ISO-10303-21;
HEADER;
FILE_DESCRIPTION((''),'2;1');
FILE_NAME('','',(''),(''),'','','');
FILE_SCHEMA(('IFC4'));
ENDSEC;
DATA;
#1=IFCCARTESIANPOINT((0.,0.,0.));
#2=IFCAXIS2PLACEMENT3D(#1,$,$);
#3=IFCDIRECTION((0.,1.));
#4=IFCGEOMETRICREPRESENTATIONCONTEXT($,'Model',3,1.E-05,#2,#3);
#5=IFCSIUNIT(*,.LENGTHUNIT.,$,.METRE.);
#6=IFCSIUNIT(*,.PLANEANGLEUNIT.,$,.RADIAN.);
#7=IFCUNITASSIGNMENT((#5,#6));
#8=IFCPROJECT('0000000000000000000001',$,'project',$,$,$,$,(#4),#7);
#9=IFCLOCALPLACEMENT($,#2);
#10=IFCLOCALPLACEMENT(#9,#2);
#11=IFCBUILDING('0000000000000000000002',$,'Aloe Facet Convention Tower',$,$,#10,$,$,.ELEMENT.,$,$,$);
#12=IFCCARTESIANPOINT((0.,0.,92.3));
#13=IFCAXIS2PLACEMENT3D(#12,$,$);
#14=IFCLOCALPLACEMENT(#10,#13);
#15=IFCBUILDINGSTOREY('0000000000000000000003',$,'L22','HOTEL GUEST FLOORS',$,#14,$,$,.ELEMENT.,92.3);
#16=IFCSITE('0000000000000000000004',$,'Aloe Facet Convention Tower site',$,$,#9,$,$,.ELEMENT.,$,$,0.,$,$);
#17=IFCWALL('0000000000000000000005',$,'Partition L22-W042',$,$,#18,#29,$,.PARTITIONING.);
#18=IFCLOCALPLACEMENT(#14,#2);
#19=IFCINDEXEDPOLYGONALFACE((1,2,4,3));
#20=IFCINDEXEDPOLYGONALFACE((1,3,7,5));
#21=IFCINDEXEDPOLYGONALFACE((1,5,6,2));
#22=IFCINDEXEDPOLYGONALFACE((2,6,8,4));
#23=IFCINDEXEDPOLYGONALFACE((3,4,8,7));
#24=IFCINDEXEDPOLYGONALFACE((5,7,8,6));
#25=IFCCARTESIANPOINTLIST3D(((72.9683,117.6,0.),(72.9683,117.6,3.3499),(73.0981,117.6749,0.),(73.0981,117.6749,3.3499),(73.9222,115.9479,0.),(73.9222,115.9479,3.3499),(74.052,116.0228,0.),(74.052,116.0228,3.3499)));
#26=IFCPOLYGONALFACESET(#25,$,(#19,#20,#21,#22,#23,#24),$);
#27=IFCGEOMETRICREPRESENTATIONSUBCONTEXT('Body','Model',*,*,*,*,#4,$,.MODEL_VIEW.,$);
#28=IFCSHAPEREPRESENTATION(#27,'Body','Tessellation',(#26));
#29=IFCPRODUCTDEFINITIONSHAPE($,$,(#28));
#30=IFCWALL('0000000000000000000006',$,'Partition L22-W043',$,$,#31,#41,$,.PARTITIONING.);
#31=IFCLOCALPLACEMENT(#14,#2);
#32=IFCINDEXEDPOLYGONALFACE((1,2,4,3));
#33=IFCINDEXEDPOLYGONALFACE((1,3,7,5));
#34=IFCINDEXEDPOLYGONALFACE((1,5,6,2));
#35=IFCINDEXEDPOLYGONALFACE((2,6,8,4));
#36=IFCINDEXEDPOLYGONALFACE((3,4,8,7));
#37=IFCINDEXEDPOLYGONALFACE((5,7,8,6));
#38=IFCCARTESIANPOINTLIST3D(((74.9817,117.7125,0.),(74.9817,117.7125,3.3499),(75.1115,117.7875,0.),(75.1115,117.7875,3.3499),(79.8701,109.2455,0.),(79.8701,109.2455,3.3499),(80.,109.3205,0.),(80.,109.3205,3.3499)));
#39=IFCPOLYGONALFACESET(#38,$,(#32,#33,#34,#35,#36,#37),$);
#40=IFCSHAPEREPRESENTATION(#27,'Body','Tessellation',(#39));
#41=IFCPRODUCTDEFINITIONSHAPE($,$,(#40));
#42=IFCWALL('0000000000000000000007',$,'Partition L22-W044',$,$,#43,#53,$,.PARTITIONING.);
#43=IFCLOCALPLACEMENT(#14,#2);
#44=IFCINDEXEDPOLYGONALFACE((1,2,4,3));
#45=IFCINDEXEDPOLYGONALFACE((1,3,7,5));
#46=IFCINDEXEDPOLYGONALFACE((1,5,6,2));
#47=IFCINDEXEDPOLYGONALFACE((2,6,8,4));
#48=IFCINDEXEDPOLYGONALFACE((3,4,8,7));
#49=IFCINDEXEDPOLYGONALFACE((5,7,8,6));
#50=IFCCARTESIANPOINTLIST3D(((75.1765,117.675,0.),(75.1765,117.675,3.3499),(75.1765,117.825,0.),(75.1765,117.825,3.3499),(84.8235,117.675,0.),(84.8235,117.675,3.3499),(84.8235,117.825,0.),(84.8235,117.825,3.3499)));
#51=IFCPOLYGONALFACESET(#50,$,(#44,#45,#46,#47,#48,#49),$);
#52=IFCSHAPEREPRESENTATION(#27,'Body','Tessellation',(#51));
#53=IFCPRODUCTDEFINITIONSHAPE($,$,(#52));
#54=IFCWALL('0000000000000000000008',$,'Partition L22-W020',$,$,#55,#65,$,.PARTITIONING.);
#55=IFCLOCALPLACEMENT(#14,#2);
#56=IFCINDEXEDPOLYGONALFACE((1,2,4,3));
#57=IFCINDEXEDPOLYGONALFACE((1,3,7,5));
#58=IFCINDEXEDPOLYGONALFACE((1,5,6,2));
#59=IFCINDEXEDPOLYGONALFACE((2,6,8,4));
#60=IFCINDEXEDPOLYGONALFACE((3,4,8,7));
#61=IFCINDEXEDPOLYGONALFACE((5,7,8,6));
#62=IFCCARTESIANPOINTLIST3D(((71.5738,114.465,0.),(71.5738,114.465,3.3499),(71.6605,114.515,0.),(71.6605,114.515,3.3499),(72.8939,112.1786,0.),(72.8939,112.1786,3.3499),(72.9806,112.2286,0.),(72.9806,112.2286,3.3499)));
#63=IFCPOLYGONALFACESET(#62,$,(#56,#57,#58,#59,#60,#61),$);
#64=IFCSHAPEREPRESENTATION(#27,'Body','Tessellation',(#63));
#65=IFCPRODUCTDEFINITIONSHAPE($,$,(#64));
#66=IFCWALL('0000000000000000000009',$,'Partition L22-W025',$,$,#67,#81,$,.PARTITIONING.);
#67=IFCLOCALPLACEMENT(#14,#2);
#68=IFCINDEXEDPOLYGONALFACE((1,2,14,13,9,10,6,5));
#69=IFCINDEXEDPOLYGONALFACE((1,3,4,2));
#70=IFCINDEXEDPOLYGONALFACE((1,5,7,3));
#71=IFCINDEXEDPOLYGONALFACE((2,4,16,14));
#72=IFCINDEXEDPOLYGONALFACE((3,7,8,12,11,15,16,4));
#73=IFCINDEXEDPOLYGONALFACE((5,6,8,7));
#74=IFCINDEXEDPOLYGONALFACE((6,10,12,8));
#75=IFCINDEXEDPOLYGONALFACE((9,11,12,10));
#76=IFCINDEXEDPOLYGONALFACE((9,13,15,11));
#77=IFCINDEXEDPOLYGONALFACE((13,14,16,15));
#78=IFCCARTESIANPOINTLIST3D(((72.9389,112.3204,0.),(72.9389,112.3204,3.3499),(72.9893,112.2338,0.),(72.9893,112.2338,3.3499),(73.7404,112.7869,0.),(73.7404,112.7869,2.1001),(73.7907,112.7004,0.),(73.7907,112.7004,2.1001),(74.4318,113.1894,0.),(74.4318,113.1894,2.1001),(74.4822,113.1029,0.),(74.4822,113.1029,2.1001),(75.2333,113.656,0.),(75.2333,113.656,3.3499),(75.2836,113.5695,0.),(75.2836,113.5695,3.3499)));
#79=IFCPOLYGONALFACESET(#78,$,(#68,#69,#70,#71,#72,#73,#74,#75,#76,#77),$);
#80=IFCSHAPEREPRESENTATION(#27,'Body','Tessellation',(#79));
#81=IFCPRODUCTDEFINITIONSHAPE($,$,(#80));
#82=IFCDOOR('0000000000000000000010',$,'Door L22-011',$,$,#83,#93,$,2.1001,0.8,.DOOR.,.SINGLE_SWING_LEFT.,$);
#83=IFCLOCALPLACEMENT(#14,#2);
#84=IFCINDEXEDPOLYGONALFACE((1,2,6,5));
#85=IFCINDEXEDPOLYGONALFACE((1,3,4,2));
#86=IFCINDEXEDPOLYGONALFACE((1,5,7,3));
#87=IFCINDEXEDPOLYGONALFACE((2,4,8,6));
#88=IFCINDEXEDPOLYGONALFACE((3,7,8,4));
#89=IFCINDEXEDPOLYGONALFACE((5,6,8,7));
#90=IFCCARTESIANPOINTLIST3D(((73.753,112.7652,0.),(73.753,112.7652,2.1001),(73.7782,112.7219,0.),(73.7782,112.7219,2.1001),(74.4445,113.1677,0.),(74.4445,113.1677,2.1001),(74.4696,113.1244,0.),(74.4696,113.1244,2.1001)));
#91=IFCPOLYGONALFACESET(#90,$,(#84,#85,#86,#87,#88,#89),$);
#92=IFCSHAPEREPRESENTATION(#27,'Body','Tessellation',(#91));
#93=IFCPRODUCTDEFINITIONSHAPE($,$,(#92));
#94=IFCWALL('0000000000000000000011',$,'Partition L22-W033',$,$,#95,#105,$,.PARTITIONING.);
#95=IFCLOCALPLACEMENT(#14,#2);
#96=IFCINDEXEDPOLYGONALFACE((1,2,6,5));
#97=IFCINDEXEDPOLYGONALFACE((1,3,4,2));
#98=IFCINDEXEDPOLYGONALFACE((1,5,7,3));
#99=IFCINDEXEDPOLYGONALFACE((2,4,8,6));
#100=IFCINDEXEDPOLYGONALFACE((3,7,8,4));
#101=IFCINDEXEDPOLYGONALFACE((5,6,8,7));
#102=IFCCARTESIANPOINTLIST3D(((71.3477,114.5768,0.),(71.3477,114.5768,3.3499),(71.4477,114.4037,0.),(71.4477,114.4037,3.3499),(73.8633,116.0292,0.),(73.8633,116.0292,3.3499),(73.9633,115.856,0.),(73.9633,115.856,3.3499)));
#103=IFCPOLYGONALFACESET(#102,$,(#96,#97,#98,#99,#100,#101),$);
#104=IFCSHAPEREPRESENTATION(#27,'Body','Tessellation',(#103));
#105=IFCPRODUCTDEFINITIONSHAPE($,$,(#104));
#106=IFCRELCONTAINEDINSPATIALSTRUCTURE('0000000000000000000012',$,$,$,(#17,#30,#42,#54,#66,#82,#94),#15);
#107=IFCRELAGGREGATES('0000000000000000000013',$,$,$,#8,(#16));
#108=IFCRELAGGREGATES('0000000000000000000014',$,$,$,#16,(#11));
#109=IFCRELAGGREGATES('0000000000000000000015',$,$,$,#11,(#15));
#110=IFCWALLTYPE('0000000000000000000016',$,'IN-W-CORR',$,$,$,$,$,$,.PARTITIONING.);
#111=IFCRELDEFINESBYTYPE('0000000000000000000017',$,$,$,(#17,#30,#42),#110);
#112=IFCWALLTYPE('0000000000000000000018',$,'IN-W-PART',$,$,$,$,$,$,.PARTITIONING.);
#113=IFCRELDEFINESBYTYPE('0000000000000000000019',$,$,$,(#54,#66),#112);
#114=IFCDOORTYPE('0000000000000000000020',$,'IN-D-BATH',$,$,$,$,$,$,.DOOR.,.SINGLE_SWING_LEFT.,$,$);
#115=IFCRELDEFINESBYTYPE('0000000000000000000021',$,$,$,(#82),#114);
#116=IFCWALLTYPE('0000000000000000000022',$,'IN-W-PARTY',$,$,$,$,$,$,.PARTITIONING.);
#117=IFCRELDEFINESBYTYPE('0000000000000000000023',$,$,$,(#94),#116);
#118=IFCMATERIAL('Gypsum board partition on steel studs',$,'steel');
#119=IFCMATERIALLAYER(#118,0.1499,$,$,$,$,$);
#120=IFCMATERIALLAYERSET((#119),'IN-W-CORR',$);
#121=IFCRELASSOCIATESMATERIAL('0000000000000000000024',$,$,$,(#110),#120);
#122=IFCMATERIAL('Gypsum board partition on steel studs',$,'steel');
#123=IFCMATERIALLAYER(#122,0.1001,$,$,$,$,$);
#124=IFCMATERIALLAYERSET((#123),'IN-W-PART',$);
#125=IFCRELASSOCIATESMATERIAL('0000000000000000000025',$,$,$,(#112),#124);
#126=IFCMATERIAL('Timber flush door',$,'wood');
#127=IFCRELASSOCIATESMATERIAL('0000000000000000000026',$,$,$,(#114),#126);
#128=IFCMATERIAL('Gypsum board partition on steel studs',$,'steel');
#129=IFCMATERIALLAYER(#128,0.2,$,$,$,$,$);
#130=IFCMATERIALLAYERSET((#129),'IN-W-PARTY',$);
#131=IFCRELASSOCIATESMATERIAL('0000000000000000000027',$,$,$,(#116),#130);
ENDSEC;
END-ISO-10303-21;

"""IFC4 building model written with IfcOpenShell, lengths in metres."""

from ifc_helpers import new_model, si_unit, direction, frame, frame_2d, origin, place, context, subcontext, project, spatial, rectangle, extrude, material, layer, layer_set, type_object, element, fill, save


model = new_model("IFC4")

# Units and contexts
model_context = context("Model", 3, precision=1e-05, world=origin(), true_north=direction((0.0, 1.0)))
body_context = subcontext(model_context, "Body", "Model", "MODEL_VIEW")
ifc_project = project(units=[si_unit("LENGTHUNIT", "METRE"), si_unit("PLANEANGLEUNIT", "RADIAN")], contexts=[model_context])

# Site, building, storey
site_placement = place(None, origin())
site = spatial("IfcSite", under=ifc_project, at=site_placement, Name="Aloe Facet Convention Tower site", CompositionType="ELEMENT", RefElevation=0.0)
building_placement = place(site_placement, origin())
building = spatial("IfcBuilding", under=site, at=building_placement, Name="Aloe Facet Convention Tower", CompositionType="ELEMENT")
storey_placement = place(building_placement, frame((0.0, 0.0, 92.3)))
storey = spatial("IfcBuildingStorey", under=building, at=storey_placement, Name="L22", Description="HOTEL GUEST FLOORS", CompositionType="ELEMENT", Elevation=92.3)

# Walls
ifc_material_1 = material(Name="Gypsum board partition on steel studs", Category="steel")
ifc_layer_1 = layer(ifc_material_1, 0.1499)
ifc_layer_set_1 = layer_set([ifc_layer_1], Name="IN-W-CORR")
wall_type_1 = type_object("IfcWallType", Name="IN-W-CORR", PredefinedType="PARTITIONING", material=ifc_layer_set_1)
wall_1_placement = place(storey_placement, frame((73.0332, 117.6375, 0.0), z_axis=(0.0, 0.0, 1.0), x_axis=(0.500007, -0.866021, 0.0)))
element("IfcWall", 1, at=wall_1_placement, inside=storey, type_object=wall_type_1, Name="Partition L22-W042", PredefinedType="PARTITIONING", context=body_context, shape_type="SweptSolid", body=[
    extrude(rectangle(XDim=1.9077, YDim=0.1499, at=frame_2d((0.9539, 0.0))), origin(), (0.0, 0.0, 1.0), 3.3499),
])
wall_2_placement = place(storey_placement, frame((75.0466, 117.75, 0.0), z_axis=(0.0, 0.0, 1.0), x_axis=(0.499998, -0.866026, 0.0)))
element("IfcWall", 2, at=wall_2_placement, inside=storey, type_object=wall_type_1, Name="Partition L22-W043", PredefinedType="PARTITIONING", context=body_context, shape_type="SweptSolid", body=[
    extrude(rectangle(XDim=9.7769, YDim=0.1499, at=frame_2d((4.8884, 0.0))), origin(), (0.0, 0.0, 1.0), 3.3499),
])
wall_3_placement = place(storey_placement, frame((75.1765, 117.75, 0.0), z_axis=(0.0, 0.0, 1.0), x_axis=(1.0, 0.0, 0.0)))
element("IfcWall", 3, at=wall_3_placement, inside=storey, type_object=wall_type_1, Name="Partition L22-W044", PredefinedType="PARTITIONING", context=body_context, shape_type="SweptSolid", body=[
    extrude(rectangle(XDim=9.647, YDim=0.1499, at=frame_2d((4.8235, 0.0))), origin(), (0.0, 0.0, 1.0), 3.3499),
])
ifc_material_2 = material(Name="Gypsum board partition on steel studs", Category="steel")
ifc_layer_2 = layer(ifc_material_2, 0.1001)
ifc_layer_set_2 = layer_set([ifc_layer_2], Name="IN-W-PART")
wall_type_2 = type_object("IfcWallType", Name="IN-W-PART", PredefinedType="PARTITIONING", material=ifc_layer_set_2)
wall_4_placement = place(storey_placement, frame((71.6172, 114.49, 0.0), z_axis=(0.0, 0.0, 1.0), x_axis=(0.500008, -0.866021, 0.0)))
element("IfcWall", 4, at=wall_4_placement, inside=storey, type_object=wall_type_2, Name="Partition L22-W020", PredefinedType="PARTITIONING", context=body_context, shape_type="SweptSolid", body=[
    extrude(rectangle(XDim=2.6401, YDim=0.1001, at=frame_2d((1.3201, 0.0))), origin(), (0.0, 0.0, 1.0), 3.3499),
])

# Wall, opening, door
wall_5_placement = place(storey_placement, frame((72.9641, 112.2771, 0.0), z_axis=(0.0, 0.0, 1.0), x_axis=(0.864225, 0.503105, 0.0)))
wall_5 = element("IfcWall", 5, at=wall_5_placement, inside=storey, type_object=wall_type_2, Name="Partition L22-W025", PredefinedType="PARTITIONING", context=body_context, shape_type="SweptSolid", body=[
    extrude(rectangle(XDim=2.6548, YDim=0.1001, at=frame_2d((1.3274, 0.0))), origin(), (0.0, 0.0, 1.0), 3.3499),
])
opening_placement = place(wall_5_placement, frame((0.9275, 0.0, 0.0)))
opening = element("IfcOpeningElement", 6, at=opening_placement, cuts=wall_5, PredefinedType="OPENING", context=body_context, shape_type="SweptSolid", body=[
    extrude(rectangle(XDim=0.8, YDim=2.1001, at=frame_2d((0.3999, 1.05))), frame((0.0, 0.0601, 0.0), z_axis=(0.0, -1.0, 0.0), x_axis=(1.0, 0.0, 0.0)), (0.0, 0.0, 1.0), 0.1201),
])
ifc_material_3 = material(Name="Timber flush door", Category="wood")
door_type = type_object("IfcDoorType", Name="IN-D-BATH", OperationType="SINGLE_SWING_LEFT", PredefinedType="DOOR", material=ifc_material_3)
door_placement = place(opening_placement, origin())
door = element("IfcDoor", 7, at=door_placement, inside=storey, type_object=door_type, Name="Door L22-011", OperationType="SINGLE_SWING_LEFT", OverallHeight=2.1001, OverallWidth=0.8, PredefinedType="DOOR", context=body_context, shape_type="SweptSolid", body=[
    extrude(rectangle(XDim=0.8, YDim=2.1001, at=frame_2d((0.3999, 1.05))), frame((0.0, 0.0249, 0.0), z_axis=(0.0, -1.0, 0.0), x_axis=(1.0, 0.0, 0.0)), (0.0, 0.0, 1.0), 0.05),
])
fill(opening, door)

# Wall
ifc_material_4 = material(Name="Gypsum board partition on steel studs", Category="steel")
ifc_layer_3 = layer(ifc_material_4, 0.2)
ifc_layer_set_3 = layer_set([ifc_layer_3], Name="IN-W-PARTY")
wall_type_3 = type_object("IfcWallType", Name="IN-W-PARTY", PredefinedType="PARTITIONING", material=ifc_layer_set_3)
wall_6_placement = place(storey_placement, frame((71.3977, 114.4902, 0.0), z_axis=(0.0, 0.0, 1.0), x_axis=(0.866026, 0.499999, 0.0)))
element("IfcWall", 8, at=wall_6_placement, inside=storey, type_object=wall_type_3, Name="Partition L22-W033", PredefinedType="PARTITIONING", context=body_context, shape_type="SweptSolid", body=[
    extrude(rectangle(XDim=2.9048, YDim=0.2, at=frame_2d((1.4524, 0.0))), origin(), (0.0, 0.0, 1.0), 3.3499),
])

save(model, "model.ifc")
